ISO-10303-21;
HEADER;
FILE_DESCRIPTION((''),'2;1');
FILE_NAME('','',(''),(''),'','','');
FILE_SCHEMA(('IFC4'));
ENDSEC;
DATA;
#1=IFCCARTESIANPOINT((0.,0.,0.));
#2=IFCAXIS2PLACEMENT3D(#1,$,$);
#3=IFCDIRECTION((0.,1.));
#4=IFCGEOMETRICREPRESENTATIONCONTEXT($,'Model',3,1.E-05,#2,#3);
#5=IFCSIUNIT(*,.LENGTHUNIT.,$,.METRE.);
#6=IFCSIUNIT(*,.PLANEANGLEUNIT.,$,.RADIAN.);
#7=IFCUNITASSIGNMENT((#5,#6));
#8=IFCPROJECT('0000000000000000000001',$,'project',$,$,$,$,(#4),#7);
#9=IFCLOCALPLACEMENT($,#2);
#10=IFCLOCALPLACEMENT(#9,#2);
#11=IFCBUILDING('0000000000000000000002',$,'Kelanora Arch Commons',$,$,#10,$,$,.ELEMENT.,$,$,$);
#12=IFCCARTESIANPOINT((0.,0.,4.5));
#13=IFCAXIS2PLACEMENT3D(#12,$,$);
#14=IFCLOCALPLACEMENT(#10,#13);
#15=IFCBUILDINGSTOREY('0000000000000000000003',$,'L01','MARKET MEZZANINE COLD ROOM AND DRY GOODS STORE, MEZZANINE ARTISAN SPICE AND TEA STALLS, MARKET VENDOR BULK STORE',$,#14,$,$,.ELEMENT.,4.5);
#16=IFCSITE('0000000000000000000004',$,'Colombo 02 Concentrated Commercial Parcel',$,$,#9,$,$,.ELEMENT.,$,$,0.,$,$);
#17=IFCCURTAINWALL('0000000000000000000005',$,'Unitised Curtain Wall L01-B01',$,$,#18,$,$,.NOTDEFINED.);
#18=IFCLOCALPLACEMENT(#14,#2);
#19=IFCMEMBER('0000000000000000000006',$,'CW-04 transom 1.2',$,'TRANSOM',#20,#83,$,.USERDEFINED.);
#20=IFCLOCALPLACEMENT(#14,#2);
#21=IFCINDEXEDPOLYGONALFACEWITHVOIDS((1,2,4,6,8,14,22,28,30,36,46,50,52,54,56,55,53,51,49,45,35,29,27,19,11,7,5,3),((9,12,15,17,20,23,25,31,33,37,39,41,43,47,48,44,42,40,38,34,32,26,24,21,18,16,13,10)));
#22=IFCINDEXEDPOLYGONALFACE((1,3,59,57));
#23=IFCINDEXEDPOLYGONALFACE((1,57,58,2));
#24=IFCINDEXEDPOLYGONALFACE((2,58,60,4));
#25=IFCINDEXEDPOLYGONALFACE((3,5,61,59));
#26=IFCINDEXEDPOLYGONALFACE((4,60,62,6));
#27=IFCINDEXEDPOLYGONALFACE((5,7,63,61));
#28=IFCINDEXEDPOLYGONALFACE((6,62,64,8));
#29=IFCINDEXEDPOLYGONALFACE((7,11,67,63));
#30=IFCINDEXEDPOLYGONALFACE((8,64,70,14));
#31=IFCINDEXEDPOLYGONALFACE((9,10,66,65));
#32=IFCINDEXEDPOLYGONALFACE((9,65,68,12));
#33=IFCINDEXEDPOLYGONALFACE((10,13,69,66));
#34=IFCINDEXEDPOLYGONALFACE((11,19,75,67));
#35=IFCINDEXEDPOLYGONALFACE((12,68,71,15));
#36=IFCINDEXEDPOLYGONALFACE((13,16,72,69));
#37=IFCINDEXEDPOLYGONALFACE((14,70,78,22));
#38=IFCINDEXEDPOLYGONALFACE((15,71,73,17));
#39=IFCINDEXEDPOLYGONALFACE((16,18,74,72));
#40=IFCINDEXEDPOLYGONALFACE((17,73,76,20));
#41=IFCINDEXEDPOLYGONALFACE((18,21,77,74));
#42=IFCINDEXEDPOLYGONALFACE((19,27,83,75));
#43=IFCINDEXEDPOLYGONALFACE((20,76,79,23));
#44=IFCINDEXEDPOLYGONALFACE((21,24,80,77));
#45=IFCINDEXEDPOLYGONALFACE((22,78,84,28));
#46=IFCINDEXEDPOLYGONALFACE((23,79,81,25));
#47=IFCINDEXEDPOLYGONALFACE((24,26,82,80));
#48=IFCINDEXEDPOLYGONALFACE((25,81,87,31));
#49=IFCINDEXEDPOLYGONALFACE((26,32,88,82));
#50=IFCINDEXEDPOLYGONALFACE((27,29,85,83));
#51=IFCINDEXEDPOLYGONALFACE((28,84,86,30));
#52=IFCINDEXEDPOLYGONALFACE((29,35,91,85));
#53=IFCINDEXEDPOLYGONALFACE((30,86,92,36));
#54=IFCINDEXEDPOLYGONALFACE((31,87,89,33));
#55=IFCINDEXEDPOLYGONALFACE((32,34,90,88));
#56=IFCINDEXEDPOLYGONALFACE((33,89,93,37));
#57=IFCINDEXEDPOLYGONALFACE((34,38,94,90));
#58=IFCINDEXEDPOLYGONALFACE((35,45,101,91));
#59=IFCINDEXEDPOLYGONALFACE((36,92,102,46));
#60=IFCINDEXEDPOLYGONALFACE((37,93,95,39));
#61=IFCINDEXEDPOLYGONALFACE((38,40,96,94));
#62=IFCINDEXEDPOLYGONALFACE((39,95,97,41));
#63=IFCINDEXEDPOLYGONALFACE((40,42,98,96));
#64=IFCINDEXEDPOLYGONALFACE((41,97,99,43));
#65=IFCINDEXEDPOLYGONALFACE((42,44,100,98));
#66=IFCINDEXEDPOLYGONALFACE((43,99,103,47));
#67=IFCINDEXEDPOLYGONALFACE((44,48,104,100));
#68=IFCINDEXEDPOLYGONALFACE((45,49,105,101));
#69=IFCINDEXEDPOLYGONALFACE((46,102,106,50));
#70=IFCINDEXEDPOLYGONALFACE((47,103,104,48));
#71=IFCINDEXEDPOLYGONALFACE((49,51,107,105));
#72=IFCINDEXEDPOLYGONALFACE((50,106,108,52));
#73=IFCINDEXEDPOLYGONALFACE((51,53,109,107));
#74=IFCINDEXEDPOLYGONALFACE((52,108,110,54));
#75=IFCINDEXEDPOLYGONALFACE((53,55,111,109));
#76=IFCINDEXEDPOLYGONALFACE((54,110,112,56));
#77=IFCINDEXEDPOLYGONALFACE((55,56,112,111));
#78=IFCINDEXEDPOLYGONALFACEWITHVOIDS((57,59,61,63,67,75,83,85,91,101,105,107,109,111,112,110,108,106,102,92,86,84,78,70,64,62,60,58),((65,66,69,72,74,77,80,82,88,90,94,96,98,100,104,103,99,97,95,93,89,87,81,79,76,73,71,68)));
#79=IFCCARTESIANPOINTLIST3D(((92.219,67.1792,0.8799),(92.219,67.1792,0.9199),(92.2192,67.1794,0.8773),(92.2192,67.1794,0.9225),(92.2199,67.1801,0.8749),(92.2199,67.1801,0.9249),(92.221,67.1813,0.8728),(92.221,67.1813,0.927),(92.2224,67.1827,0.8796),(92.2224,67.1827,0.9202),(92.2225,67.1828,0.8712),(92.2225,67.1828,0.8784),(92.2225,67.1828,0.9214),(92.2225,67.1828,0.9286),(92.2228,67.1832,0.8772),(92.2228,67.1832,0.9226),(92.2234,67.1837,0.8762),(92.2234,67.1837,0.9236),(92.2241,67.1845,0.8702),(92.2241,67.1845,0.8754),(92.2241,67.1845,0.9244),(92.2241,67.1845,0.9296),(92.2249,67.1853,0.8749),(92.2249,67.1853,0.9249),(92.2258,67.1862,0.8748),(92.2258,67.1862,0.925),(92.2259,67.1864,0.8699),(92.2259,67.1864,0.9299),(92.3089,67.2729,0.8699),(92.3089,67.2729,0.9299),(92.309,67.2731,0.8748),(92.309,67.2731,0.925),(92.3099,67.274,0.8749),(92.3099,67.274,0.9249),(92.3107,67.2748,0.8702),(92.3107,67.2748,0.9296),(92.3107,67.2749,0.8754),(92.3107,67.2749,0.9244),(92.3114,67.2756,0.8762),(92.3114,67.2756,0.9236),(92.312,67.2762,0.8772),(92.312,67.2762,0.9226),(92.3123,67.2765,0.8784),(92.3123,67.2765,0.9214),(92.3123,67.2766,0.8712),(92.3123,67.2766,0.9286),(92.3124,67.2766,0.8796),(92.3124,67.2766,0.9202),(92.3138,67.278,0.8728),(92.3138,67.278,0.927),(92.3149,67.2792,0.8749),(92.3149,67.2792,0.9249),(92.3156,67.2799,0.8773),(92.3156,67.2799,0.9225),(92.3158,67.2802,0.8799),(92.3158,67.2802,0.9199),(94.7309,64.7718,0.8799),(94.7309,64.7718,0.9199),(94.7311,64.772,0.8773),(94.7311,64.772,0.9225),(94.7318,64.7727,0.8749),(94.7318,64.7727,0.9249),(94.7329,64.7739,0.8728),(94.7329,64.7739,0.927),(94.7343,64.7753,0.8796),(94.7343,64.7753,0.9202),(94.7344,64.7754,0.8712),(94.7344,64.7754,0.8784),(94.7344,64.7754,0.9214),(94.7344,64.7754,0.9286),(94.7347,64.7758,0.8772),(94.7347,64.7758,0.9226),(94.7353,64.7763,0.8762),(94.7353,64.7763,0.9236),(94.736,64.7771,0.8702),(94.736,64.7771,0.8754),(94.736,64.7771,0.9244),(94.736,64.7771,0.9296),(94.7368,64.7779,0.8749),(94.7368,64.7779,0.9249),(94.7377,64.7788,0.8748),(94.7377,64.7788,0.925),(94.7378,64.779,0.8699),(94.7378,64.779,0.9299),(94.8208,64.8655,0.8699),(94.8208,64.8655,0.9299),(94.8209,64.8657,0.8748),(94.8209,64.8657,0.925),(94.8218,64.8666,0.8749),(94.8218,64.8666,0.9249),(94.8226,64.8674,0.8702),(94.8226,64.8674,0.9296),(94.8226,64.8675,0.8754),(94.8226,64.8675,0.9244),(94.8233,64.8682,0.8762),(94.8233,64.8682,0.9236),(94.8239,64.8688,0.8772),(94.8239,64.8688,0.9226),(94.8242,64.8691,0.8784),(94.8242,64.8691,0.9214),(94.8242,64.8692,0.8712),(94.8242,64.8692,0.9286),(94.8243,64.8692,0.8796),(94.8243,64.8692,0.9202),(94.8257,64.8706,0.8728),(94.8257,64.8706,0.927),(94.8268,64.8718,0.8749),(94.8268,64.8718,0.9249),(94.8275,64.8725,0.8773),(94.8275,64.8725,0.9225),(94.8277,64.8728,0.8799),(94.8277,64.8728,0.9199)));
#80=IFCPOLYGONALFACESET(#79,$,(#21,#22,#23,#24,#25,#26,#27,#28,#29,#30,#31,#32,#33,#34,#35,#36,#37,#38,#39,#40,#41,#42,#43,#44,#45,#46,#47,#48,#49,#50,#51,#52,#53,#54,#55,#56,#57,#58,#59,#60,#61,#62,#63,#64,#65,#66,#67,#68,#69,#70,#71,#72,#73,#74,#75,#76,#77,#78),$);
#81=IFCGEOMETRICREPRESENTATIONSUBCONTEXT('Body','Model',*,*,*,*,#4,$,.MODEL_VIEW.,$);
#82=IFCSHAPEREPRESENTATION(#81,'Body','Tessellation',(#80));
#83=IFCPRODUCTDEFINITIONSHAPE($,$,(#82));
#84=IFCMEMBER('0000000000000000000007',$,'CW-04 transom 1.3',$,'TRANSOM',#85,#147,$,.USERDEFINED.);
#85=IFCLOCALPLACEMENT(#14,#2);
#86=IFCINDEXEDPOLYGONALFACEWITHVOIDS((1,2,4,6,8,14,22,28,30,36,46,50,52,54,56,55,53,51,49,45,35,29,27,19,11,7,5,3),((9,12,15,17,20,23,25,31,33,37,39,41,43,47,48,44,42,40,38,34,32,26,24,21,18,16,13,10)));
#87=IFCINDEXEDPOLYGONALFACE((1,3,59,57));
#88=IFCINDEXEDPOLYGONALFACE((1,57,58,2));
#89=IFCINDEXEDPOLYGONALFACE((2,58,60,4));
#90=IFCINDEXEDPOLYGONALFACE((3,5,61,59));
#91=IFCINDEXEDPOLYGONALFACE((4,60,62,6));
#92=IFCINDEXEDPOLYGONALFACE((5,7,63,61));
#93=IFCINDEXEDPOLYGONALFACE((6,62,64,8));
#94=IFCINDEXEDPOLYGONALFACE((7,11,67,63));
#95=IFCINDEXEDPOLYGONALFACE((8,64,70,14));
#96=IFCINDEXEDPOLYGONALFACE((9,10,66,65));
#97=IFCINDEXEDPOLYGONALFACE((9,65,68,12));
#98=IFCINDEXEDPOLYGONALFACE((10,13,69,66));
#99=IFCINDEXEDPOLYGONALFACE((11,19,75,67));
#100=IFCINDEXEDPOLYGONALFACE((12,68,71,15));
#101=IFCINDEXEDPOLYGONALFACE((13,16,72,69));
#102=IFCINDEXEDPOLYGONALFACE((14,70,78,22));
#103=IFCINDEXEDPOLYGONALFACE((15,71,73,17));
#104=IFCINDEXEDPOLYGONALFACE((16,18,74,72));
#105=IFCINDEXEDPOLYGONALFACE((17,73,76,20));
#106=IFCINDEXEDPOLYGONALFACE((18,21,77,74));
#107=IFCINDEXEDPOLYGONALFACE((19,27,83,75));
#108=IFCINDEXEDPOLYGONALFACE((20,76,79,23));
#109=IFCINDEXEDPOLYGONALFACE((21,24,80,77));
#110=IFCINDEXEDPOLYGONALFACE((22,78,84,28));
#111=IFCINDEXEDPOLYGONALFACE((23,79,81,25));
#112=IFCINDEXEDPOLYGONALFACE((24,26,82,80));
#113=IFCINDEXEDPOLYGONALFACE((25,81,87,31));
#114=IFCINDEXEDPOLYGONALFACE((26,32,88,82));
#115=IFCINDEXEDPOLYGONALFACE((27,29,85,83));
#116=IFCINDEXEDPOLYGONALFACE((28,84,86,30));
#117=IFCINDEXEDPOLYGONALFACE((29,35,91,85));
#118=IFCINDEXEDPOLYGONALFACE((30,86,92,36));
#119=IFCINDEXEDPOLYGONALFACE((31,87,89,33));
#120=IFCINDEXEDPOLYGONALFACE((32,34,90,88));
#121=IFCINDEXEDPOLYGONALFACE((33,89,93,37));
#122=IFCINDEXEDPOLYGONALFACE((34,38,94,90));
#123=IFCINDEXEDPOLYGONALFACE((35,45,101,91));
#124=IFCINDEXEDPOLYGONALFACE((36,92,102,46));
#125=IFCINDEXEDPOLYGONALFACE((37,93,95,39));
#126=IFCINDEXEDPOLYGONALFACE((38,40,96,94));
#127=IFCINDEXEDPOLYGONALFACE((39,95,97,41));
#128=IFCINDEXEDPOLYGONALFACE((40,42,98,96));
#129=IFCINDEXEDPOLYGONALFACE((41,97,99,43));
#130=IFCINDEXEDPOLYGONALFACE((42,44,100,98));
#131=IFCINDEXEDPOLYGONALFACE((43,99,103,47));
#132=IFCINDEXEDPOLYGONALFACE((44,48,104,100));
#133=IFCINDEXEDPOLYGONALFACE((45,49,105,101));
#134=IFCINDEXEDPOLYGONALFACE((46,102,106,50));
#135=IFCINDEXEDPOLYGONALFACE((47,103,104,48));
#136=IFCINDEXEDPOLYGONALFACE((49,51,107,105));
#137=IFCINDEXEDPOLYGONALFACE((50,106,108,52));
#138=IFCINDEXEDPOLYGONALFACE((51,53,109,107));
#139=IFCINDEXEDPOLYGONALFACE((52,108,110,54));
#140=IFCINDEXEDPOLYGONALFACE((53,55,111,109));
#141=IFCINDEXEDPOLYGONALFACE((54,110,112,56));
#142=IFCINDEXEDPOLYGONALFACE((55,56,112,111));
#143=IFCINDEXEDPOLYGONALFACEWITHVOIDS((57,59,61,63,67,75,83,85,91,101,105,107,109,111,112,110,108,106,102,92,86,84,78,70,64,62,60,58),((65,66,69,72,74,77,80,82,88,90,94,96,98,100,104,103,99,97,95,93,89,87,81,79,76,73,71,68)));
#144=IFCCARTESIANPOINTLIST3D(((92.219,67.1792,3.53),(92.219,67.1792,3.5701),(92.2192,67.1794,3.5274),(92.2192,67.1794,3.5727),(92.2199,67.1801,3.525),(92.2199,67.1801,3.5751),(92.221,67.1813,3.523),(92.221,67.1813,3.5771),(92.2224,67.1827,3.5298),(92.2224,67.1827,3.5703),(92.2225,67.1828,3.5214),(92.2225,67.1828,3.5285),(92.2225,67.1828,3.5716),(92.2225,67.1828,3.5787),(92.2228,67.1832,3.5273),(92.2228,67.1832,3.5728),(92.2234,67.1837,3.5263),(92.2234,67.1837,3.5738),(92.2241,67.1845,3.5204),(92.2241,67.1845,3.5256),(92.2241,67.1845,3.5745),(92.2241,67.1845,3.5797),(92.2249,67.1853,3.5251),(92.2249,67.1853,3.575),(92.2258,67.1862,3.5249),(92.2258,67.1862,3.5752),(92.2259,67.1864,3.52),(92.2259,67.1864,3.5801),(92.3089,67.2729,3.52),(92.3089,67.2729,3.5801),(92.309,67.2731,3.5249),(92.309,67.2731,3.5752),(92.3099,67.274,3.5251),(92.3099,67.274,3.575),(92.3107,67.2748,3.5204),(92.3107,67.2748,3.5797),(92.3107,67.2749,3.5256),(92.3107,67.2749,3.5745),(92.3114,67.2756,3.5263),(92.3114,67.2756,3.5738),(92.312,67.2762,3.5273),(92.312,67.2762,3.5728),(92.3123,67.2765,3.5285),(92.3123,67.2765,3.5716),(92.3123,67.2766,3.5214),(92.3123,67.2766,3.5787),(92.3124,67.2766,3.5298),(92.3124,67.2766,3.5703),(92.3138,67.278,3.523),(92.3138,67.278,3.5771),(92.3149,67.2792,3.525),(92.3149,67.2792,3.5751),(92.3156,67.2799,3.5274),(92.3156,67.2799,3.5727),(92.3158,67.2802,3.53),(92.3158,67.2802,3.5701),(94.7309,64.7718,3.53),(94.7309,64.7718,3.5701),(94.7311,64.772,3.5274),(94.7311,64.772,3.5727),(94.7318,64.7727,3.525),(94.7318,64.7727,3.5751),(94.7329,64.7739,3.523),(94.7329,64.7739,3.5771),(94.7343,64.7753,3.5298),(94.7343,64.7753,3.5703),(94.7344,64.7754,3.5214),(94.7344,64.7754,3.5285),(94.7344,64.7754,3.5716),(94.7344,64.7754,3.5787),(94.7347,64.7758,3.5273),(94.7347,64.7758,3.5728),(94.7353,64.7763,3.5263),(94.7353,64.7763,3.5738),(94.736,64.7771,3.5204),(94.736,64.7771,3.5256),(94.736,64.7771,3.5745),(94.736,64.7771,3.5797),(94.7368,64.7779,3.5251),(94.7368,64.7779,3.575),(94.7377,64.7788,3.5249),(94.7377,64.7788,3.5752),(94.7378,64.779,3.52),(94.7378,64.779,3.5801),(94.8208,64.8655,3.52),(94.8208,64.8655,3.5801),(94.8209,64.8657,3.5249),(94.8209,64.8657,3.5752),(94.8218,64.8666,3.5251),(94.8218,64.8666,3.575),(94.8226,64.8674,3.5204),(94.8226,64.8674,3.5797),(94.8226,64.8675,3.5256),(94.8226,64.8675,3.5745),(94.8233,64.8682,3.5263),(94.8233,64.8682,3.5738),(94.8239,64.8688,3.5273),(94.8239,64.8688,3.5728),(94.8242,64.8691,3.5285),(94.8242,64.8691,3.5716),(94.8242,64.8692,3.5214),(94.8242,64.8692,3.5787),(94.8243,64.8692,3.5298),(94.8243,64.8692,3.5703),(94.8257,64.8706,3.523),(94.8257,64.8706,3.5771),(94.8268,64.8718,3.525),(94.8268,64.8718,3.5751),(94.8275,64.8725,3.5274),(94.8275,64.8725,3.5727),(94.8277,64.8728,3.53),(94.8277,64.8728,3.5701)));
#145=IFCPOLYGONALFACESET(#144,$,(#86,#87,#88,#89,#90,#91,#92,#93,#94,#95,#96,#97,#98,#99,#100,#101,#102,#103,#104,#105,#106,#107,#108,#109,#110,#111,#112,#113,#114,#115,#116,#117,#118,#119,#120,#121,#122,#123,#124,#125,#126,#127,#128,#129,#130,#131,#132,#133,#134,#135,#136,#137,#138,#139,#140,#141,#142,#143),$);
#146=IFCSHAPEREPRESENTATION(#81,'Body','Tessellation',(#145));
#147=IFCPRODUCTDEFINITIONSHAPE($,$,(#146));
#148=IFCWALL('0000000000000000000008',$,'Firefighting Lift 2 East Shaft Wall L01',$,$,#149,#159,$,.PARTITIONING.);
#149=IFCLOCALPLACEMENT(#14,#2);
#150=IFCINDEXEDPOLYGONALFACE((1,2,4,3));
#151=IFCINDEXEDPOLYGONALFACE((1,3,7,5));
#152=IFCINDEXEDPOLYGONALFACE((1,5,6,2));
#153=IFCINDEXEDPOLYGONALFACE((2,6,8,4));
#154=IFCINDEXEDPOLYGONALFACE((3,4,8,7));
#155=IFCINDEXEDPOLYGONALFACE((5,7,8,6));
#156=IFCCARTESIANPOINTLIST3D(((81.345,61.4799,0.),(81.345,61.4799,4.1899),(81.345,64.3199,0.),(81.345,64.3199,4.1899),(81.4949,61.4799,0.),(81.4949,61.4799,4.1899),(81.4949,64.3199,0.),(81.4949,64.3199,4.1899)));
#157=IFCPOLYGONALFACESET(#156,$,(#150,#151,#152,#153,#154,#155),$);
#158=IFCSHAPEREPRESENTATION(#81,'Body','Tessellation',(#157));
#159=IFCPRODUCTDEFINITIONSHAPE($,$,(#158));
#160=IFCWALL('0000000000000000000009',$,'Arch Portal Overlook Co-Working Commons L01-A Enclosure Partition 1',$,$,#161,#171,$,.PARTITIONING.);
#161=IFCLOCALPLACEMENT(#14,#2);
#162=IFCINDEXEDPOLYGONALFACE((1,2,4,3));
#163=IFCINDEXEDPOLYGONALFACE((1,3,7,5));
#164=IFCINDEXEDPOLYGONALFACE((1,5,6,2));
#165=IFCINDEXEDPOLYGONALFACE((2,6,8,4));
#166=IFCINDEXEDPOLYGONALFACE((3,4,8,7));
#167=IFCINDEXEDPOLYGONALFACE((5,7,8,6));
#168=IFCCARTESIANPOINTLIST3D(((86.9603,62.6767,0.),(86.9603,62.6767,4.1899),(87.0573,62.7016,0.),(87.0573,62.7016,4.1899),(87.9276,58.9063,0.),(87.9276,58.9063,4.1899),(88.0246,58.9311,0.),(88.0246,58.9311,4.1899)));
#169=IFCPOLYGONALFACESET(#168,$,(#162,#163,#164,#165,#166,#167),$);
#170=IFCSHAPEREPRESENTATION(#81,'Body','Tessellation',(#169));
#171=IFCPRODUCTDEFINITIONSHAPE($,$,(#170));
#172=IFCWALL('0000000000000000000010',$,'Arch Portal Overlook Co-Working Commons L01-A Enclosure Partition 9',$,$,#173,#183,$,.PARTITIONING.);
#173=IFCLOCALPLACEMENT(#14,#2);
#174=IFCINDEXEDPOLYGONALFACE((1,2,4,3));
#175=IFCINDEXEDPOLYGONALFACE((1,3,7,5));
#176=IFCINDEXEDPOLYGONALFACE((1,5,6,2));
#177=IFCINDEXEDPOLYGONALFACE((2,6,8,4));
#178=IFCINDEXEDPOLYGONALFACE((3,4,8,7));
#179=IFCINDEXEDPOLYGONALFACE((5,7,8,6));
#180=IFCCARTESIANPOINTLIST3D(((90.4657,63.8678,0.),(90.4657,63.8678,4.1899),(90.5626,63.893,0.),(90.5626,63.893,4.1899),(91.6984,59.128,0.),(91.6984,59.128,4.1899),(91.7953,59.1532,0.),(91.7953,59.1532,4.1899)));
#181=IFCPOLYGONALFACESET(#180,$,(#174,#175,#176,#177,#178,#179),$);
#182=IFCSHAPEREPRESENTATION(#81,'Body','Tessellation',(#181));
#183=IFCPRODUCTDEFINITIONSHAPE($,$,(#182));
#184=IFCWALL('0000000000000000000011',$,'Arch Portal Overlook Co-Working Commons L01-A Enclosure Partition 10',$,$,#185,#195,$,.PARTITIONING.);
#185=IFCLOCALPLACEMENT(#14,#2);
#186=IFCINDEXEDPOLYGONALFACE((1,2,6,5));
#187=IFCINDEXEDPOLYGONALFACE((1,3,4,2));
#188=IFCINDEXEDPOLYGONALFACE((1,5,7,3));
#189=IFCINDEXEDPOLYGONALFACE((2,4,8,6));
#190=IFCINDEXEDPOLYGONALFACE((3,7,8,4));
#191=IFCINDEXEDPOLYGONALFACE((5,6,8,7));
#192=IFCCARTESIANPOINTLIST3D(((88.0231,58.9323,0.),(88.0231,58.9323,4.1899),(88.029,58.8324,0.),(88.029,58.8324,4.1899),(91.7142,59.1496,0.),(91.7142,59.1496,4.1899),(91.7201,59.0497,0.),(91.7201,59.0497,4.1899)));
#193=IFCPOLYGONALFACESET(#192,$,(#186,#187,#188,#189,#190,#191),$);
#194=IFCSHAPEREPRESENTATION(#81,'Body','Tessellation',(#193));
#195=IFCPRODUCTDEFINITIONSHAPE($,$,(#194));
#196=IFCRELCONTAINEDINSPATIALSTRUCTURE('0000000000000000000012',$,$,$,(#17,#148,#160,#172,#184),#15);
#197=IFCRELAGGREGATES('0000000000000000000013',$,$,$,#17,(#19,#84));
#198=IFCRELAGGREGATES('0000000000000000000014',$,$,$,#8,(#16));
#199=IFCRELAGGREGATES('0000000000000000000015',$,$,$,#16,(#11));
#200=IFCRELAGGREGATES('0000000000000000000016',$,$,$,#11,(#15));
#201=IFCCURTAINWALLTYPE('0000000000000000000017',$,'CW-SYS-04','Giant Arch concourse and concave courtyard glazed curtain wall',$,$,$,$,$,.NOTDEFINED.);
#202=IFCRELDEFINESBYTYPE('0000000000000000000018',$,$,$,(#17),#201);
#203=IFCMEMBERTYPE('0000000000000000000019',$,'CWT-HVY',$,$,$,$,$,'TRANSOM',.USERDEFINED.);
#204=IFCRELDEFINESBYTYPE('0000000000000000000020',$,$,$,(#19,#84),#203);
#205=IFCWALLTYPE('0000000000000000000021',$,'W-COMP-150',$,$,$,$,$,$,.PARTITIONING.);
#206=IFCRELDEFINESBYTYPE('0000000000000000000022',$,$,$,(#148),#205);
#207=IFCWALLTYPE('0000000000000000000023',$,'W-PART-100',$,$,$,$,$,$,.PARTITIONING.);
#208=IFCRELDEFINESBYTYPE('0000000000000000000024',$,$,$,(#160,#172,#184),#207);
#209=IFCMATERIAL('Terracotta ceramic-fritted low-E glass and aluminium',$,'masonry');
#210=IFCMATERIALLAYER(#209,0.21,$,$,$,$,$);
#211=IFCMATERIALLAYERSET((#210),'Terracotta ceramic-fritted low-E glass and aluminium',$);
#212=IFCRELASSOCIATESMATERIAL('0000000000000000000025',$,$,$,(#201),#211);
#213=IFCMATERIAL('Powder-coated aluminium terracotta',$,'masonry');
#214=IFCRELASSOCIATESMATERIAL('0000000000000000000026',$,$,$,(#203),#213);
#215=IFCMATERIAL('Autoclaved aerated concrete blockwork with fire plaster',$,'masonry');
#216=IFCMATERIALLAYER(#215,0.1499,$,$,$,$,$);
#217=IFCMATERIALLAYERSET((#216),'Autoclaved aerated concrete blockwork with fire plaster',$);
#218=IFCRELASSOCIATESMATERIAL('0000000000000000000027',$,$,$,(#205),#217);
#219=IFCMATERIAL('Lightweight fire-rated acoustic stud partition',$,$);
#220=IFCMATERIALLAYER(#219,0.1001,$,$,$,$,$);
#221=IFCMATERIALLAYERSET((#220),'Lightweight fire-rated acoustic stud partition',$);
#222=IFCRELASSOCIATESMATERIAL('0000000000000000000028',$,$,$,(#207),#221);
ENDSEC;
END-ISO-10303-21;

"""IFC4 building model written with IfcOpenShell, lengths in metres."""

from ifc_helpers import new_model, si_unit, direction, frame, frame_2d, origin, origin_2d, place, context, subcontext, project, spatial, rectangle, hollow_rectangle, extrude, material, layer, layer_set, material_profile, profile_set, type_object, element, aggregate, save


model = new_model("IFC4")

# Units and contexts
model_context = context("Model", 3, precision=1e-05, world=origin(), true_north=direction((0.0, 1.0)))
body_context = subcontext(model_context, "Body", "Model", "MODEL_VIEW")
ifc_project = project(units=[si_unit("LENGTHUNIT", "METRE"), si_unit("PLANEANGLEUNIT", "RADIAN")], contexts=[model_context])

# Site, building, storey
site_placement = place(None, origin())
site = spatial("IfcSite", under=ifc_project, at=site_placement, Name="Colombo 02 Concentrated Commercial Parcel", CompositionType="ELEMENT", RefElevation=0.0)
building_placement = place(site_placement, origin())
building = spatial("IfcBuilding", under=site, at=building_placement, Name="Kelanora Arch Commons", CompositionType="ELEMENT")
storey_placement = place(building_placement, frame((0.0, 0.0, 4.5)))
storey = spatial("IfcBuildingStorey", under=building, at=storey_placement, Name="L01", Description="MARKET MEZZANINE COLD ROOM AND DRY GOODS STORE, MEZZANINE ARTISAN SPICE AND TEA STALLS, MARKET VENDOR BULK STORE", CompositionType="ELEMENT", Elevation=4.5)

# Curtain wall, members
ifc_material_1 = material(Name="Terracotta ceramic-fritted low-E glass and aluminium", Category="masonry")
ifc_layer_1 = layer(ifc_material_1, 0.21)
ifc_layer_set_1 = layer_set([ifc_layer_1], Name="Terracotta ceramic-fritted low-E glass and aluminium")
curtain_wall_type = type_object("IfcCurtainWallType", Name="CW-SYS-04", Description="Giant Arch concourse and concave courtyard glazed curtain wall", PredefinedType="NOTDEFINED", material=ifc_layer_set_1)
curtain_wall_placement = place(storey_placement, origin())
curtain_wall = element("IfcCurtainWall", 1, at=curtain_wall_placement, inside=storey, type_object=curtain_wall_type, Name="Unitised Curtain Wall L01-B01", PredefinedType="NOTDEFINED")
ifc_material_2 = material(Name="Powder-coated aluminium terracotta", Category="masonry")
ifc_material_profile_1 = material_profile(ifc_material_2, hollow_rectangle(XDim=0.1399, YDim=0.0601, WallThickness=0.0049, InnerFilletRadius=0.0049, OuterFilletRadius=0.01, at=origin_2d()), Name="CWT140x60")
ifc_profile_set_1 = profile_set([ifc_material_profile_1], Name="Powder-coated aluminium terracotta")
member_type = type_object("IfcMemberType", Name="CWT-HVY", ElementType="TRANSOM", PredefinedType="USERDEFINED", material=ifc_profile_set_1)
member_1_placement = place(storey_placement, frame((94.7793, 64.8223, 0.8999), z_axis=(-0.721963, 0.691931, 0.0), x_axis=(-0.691931, -0.721963, 0.0)))
member_1 = element("IfcMember", 2, at=member_1_placement, type_object=member_type, Name="CW-04 transom 1.2", ObjectType="TRANSOM", PredefinedType="USERDEFINED", context=body_context, shape_type="SweptSolid", body=[
    extrude(hollow_rectangle(XDim=0.1399, YDim=0.0601, WallThickness=0.0049, InnerFilletRadius=0.0049, OuterFilletRadius=0.01, at=origin_2d()), origin(), (0.0, 0.0, 1.0), 3.4792),
])
member_2_placement = place(storey_placement, frame((94.7793, 64.8223, 3.55), z_axis=(-0.721963, 0.691931, 0.0), x_axis=(-0.691931, -0.721963, 0.0)))
member_2 = element("IfcMember", 3, at=member_2_placement, type_object=member_type, Name="CW-04 transom 1.3", ObjectType="TRANSOM", PredefinedType="USERDEFINED", context=body_context, shape_type="SweptSolid", body=[
    extrude(hollow_rectangle(XDim=0.1399, YDim=0.0601, WallThickness=0.0049, InnerFilletRadius=0.0049, OuterFilletRadius=0.01, at=origin_2d()), origin(), (0.0, 0.0, 1.0), 3.4792),
])
aggregate(curtain_wall, [member_1, member_2])

# Walls
ifc_material_3 = material(Name="Autoclaved aerated concrete blockwork with fire plaster", Category="masonry")
ifc_layer_2 = layer(ifc_material_3, 0.1499)
ifc_layer_set_2 = layer_set([ifc_layer_2], Name="Autoclaved aerated concrete blockwork with fire plaster")
wall_type_1 = type_object("IfcWallType", Name="W-COMP-150", PredefinedType="PARTITIONING", material=ifc_layer_set_2)
wall_1_placement = place(storey_placement, frame((81.4199, 61.48, 0.0), z_axis=(0.0, 0.0, 1.0), x_axis=(0.0, 1.0, 0.0)))
element("IfcWall", 4, at=wall_1_placement, inside=storey, type_object=wall_type_1, Name="Firefighting Lift 2 East Shaft Wall L01", PredefinedType="PARTITIONING", context=body_context, shape_type="SweptSolid", body=[
    extrude(rectangle(XDim=2.8401, YDim=0.1499, at=frame_2d((1.4199, 0.0))), origin(), (0.0, 0.0, 1.0), 4.1899),
])
ifc_material_4 = material(Name="Lightweight fire-rated acoustic stud partition")
ifc_layer_3 = layer(ifc_material_4, 0.1001)
ifc_layer_set_3 = layer_set([ifc_layer_3], Name="Lightweight fire-rated acoustic stud partition")
wall_type_2 = type_object("IfcWallType", Name="W-PART-100", PredefinedType="PARTITIONING", material=ifc_layer_set_3)
wall_2_placement = place(storey_placement, frame((87.9761, 58.9187, 0.0), z_axis=(0.0, 0.0, 1.0), x_axis=(-0.248493, 0.968634, 0.0)))
element("IfcWall", 5, at=wall_2_placement, inside=storey, type_object=wall_type_2, Name="Arch Portal Overlook Co-Working Commons L01-A Enclosure Partition 1", PredefinedType="PARTITIONING", context=body_context, shape_type="SweptSolid", body=[
    extrude(rectangle(XDim=3.8926, YDim=0.1001, at=frame_2d((1.9463, 0.0))), origin(), (0.0, 0.0, 1.0), 4.1899),
])
wall_3_placement = place(storey_placement, frame((90.5142, 63.8804, 0.0), z_axis=(0.0, 0.0, 1.0), x_axis=(0.251697, -0.967806, 0.0)))
element("IfcWall", 6, at=wall_3_placement, inside=storey, type_object=wall_type_2, Name="Arch Portal Overlook Co-Working Commons L01-A Enclosure Partition 9", PredefinedType="PARTITIONING", context=body_context, shape_type="SweptSolid", body=[
    extrude(rectangle(XDim=4.8975, YDim=0.1001, at=frame_2d((2.4487, 0.0))), origin(), (0.0, 0.0, 1.0), 4.1899),
])
wall_4_placement = place(storey_placement, frame((91.717, 59.0996, 0.0), z_axis=(0.0, 0.0, 1.0), x_axis=(-0.998272, -0.058765, 0.0)))
element("IfcWall", 7, at=wall_4_placement, inside=storey, type_object=wall_type_2, Name="Arch Portal Overlook Co-Working Commons L01-A Enclosure Partition 10", PredefinedType="PARTITIONING", context=body_context, shape_type="SweptSolid", body=[
    extrude(rectangle(XDim=3.6975, YDim=0.1001, at=frame_2d((1.8486, 0.0))), origin(), (0.0, 0.0, 1.0), 4.1899),
])

save(model, "model.ifc")
